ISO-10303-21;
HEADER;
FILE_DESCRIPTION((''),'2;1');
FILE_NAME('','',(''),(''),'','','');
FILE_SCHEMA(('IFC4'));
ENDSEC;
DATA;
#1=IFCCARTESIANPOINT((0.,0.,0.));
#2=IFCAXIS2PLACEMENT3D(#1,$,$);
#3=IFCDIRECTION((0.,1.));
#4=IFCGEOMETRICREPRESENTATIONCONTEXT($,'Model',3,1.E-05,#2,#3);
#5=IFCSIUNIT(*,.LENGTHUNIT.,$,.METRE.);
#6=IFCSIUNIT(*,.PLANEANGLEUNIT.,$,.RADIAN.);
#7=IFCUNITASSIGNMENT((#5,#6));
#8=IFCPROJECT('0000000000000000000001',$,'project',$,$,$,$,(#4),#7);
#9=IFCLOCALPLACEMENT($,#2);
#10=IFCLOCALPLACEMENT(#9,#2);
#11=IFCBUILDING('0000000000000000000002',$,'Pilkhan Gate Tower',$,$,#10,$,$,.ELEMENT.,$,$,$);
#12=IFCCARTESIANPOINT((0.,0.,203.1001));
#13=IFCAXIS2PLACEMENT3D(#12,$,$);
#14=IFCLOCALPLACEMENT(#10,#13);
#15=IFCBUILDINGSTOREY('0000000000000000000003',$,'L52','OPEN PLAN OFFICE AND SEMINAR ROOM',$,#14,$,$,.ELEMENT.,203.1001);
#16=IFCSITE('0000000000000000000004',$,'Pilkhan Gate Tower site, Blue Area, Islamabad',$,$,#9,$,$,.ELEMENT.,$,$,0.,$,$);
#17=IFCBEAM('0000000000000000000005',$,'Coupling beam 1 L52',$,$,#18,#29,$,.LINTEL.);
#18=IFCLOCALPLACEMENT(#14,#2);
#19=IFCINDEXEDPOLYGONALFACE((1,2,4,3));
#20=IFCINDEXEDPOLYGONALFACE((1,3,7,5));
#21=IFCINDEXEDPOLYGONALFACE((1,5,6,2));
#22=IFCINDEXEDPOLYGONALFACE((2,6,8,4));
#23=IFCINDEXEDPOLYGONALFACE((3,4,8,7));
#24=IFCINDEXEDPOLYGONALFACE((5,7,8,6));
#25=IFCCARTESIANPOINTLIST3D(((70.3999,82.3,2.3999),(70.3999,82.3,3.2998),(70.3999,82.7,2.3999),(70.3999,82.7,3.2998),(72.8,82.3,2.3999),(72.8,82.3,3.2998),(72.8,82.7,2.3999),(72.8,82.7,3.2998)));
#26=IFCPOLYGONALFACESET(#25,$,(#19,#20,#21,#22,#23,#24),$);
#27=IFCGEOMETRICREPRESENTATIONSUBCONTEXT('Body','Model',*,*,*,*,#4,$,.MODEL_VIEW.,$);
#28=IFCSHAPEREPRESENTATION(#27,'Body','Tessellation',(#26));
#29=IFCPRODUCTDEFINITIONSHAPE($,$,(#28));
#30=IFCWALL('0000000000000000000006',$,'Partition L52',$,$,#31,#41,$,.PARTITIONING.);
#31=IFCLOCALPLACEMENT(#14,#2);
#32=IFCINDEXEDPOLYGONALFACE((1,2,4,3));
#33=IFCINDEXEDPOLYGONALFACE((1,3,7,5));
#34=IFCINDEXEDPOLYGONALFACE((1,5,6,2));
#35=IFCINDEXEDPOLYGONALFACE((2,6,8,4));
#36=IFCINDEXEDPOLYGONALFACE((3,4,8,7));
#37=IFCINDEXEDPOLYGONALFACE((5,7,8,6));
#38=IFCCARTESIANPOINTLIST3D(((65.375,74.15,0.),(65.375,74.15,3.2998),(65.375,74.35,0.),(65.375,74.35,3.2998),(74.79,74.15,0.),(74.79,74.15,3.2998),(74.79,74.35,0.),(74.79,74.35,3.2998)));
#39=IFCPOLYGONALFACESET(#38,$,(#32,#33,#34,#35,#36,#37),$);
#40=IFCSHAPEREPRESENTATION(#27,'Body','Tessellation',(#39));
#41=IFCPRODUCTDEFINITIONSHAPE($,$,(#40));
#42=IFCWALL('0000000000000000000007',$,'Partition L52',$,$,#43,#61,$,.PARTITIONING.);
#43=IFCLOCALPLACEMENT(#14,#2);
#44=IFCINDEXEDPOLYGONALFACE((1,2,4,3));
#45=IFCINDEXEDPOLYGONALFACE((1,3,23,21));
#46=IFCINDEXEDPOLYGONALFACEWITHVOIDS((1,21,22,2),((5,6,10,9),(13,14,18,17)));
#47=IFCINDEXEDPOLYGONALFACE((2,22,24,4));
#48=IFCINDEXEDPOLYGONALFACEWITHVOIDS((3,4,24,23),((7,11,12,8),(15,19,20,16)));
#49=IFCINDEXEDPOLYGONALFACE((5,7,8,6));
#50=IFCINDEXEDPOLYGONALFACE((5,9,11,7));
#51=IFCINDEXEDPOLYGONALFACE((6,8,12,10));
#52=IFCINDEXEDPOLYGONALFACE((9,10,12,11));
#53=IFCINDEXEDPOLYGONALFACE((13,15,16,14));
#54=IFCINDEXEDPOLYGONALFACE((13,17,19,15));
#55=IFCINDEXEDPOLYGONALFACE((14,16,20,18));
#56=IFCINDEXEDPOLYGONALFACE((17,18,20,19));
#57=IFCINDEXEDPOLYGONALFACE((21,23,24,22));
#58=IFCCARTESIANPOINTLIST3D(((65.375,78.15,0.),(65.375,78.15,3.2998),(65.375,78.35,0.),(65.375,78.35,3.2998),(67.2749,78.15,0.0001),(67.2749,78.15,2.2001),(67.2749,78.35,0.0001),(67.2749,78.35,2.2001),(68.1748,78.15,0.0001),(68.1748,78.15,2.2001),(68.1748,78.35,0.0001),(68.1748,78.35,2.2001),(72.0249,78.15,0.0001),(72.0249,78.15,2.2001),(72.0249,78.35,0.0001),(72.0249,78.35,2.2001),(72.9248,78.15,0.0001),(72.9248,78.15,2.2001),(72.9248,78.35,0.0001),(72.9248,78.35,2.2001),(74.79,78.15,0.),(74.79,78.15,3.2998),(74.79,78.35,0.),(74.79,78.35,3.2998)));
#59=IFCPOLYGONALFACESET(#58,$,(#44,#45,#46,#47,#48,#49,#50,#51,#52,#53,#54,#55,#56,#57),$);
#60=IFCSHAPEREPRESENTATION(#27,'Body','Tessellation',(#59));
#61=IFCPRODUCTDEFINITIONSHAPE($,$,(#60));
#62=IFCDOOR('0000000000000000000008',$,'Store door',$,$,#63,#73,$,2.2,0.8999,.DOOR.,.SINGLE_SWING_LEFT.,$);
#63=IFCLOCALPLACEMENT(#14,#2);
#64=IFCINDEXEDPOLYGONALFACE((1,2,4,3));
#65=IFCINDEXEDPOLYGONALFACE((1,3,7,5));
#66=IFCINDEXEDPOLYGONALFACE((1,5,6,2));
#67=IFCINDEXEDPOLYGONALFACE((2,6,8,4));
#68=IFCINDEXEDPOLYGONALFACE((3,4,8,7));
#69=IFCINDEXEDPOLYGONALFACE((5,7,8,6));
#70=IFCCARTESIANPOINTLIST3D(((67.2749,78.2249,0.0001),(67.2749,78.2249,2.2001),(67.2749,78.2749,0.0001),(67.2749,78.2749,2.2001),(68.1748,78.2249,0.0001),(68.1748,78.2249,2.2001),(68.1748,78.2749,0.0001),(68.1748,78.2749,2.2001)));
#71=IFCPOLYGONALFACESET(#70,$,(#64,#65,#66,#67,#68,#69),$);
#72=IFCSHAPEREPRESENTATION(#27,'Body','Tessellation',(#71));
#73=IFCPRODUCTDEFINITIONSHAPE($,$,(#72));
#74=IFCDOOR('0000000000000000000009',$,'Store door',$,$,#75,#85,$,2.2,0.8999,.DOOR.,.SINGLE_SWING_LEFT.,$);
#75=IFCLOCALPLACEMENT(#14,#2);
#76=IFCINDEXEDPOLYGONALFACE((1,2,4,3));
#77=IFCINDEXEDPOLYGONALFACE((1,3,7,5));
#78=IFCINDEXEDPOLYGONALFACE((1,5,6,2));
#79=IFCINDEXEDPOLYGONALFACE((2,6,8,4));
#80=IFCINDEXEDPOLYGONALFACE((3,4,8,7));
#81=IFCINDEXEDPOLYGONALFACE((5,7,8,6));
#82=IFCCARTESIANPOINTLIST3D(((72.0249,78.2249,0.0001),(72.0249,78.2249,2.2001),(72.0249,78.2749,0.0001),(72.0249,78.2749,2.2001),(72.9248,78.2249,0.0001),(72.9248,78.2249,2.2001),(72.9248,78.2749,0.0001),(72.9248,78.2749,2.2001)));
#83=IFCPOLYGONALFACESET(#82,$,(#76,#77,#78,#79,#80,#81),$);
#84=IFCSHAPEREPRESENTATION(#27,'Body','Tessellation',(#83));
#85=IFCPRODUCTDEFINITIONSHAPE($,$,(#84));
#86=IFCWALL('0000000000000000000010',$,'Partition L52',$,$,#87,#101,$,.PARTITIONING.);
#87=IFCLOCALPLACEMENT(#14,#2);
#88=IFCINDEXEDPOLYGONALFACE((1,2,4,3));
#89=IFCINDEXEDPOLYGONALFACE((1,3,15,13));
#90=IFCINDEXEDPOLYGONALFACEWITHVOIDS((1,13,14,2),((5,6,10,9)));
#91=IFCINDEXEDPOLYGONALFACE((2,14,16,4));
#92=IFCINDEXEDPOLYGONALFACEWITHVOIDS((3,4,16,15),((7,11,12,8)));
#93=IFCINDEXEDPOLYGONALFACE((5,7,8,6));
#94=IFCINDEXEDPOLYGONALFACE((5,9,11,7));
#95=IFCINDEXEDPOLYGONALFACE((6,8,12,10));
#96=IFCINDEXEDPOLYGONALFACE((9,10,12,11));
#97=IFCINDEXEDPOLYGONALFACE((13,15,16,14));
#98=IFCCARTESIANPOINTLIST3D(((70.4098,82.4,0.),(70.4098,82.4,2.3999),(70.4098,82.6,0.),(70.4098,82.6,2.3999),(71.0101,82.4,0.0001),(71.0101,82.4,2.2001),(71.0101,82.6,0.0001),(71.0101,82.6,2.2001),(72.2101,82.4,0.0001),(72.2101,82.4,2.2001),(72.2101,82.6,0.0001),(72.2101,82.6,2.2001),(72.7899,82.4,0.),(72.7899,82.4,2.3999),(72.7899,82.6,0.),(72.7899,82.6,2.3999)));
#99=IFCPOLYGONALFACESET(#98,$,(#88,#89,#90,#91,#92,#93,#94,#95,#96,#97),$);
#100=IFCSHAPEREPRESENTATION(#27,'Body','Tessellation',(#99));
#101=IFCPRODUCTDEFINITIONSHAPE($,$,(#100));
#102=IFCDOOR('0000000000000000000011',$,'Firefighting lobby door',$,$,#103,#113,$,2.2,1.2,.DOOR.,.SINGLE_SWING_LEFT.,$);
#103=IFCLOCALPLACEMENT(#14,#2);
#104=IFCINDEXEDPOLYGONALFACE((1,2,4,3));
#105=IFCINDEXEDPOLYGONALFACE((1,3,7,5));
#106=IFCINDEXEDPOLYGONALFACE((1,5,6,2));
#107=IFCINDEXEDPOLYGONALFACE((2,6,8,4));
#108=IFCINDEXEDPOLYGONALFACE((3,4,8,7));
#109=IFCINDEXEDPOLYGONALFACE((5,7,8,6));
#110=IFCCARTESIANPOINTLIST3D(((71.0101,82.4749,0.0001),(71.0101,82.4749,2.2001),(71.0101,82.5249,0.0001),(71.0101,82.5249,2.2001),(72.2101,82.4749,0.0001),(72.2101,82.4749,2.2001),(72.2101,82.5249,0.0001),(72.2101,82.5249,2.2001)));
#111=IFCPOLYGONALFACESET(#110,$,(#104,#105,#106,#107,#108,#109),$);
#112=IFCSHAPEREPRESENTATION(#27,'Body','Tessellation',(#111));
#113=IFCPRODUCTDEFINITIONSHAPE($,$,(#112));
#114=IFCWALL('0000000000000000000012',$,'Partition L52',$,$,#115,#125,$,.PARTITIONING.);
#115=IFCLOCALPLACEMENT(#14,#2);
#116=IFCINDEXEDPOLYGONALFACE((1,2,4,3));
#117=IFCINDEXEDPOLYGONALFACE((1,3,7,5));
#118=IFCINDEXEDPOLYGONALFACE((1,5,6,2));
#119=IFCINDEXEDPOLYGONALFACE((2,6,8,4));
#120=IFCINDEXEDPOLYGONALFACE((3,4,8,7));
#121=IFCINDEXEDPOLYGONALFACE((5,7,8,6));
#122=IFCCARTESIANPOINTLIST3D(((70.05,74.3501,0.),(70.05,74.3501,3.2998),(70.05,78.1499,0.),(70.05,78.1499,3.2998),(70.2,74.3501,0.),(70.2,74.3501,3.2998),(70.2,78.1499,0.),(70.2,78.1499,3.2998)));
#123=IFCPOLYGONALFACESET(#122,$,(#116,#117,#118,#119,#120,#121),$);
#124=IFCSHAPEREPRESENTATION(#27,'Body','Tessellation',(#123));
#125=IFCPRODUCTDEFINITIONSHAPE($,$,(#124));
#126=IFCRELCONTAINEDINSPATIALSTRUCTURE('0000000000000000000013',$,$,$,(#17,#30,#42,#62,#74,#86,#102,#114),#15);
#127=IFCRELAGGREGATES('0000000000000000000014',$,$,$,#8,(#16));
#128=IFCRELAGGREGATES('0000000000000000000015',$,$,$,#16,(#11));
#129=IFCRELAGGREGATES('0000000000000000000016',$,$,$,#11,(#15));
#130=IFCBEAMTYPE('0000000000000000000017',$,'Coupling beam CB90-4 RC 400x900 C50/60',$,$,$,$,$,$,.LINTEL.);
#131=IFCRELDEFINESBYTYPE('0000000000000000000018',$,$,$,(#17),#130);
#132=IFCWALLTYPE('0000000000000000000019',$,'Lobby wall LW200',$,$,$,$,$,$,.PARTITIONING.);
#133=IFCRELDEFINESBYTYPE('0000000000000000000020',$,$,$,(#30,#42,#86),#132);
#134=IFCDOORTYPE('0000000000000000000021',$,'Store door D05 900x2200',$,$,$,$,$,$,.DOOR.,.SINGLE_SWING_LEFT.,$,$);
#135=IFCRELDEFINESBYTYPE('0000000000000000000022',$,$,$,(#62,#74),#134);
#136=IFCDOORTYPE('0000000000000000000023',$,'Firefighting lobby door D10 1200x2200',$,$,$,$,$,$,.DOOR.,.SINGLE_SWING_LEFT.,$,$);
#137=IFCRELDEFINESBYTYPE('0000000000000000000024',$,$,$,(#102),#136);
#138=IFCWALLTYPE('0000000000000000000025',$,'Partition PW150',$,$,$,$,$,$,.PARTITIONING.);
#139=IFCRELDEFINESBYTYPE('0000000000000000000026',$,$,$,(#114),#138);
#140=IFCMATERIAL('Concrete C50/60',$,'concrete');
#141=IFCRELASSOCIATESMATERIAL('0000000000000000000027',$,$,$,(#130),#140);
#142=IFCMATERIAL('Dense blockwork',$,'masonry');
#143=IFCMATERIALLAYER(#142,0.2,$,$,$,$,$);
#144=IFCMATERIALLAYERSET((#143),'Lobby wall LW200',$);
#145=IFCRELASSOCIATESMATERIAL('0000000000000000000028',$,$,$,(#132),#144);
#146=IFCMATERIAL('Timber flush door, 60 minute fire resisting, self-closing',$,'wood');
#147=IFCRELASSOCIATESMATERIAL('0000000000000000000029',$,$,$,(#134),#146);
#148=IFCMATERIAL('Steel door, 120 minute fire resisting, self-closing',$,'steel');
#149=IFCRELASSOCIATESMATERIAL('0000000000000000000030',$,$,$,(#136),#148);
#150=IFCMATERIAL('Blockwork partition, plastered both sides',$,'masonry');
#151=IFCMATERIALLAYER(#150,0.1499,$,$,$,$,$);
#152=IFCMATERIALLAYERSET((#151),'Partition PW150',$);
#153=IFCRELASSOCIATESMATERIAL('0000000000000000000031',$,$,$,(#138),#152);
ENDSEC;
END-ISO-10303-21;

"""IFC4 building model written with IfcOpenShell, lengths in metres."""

from ifc_helpers import new_model, si_unit, direction, frame, frame_2d, origin, origin_2d, place, context, subcontext, project, spatial, rectangle, extrude, material, layer, layer_set, material_profile, profile_set, type_object, element, fill, save


model = new_model("IFC4")

# Units and contexts
model_context = context("Model", 3, precision=1e-05, world=origin(), true_north=direction((0.0, 1.0)))
body_context = subcontext(model_context, "Body", "Model", "MODEL_VIEW")
ifc_project = project(units=[si_unit("LENGTHUNIT", "METRE"), si_unit("PLANEANGLEUNIT", "RADIAN")], contexts=[model_context])

# Site, building, storey
site_placement = place(None, origin())
site = spatial("IfcSite", under=ifc_project, at=site_placement, Name="Pilkhan Gate Tower site, Blue Area, Islamabad", CompositionType="ELEMENT", RefElevation=0.0)
building_placement = place(site_placement, origin())
building = spatial("IfcBuilding", under=site, at=building_placement, Name="Pilkhan Gate Tower", CompositionType="ELEMENT")
storey_placement = place(building_placement, frame((0.0, 0.0, 203.1001)))
storey = spatial("IfcBuildingStorey", under=building, at=storey_placement, Name="L52", Description="OPEN PLAN OFFICE AND SEMINAR ROOM", CompositionType="ELEMENT", Elevation=203.1001)

# Beam
ifc_material_1 = material(Name="Concrete C50/60", Category="concrete")
ifc_material_profile = material_profile(ifc_material_1, rectangle(XDim=0.3999, YDim=0.8999, at=origin_2d()), Name="RC 400x900")
ifc_profile_set = profile_set([ifc_material_profile], Name="Concrete C50/60")
beam_type = type_object("IfcBeamType", Name="Coupling beam CB90-4 RC 400x900 C50/60", PredefinedType="LINTEL", material=ifc_profile_set)
beam_placement = place(storey_placement, frame((70.3999, 82.5, 2.8499), z_axis=(1.0, 0.0, 0.0), x_axis=(0.0, 1.0, 0.0)))
element("IfcBeam", 1, at=beam_placement, inside=storey, type_object=beam_type, Name="Coupling beam 1 L52", PredefinedType="LINTEL", context=body_context, shape_type="SweptSolid", body=[
    extrude(rectangle(XDim=0.3999, YDim=0.8999, at=origin_2d()), origin(), (0.0, 0.0, 1.0), 2.4001),
])

# Wall
ifc_material_2 = material(Name="Dense blockwork", Category="masonry")
ifc_layer_1 = layer(ifc_material_2, 0.2)
ifc_layer_set_1 = layer_set([ifc_layer_1], Name="Lobby wall LW200")
wall_type_1 = type_object("IfcWallType", Name="Lobby wall LW200", PredefinedType="PARTITIONING", material=ifc_layer_set_1)
wall_1_placement = place(storey_placement, frame((65.375, 74.25, 0.0), z_axis=(0.0, 0.0, 1.0), x_axis=(1.0, 0.0, 0.0)))
element("IfcWall", 2, at=wall_1_placement, inside=storey, type_object=wall_type_1, Name="Partition L52", PredefinedType="PARTITIONING", context=body_context, shape_type="SweptSolid", body=[
    extrude(rectangle(XDim=9.415, YDim=0.2, at=frame_2d((4.7075, 0.0))), origin(), (0.0, 0.0, 1.0), 3.2998),
])

# Wall, openings, doors
wall_2_placement = place(storey_placement, frame((65.375, 78.25, 0.0), z_axis=(0.0, 0.0, 1.0), x_axis=(1.0, 0.0, 0.0)))
wall_2 = element("IfcWall", 3, at=wall_2_placement, inside=storey, type_object=wall_type_1, Name="Partition L52", PredefinedType="PARTITIONING", context=body_context, shape_type="SweptSolid", body=[
    extrude(rectangle(XDim=9.415, YDim=0.2, at=frame_2d((4.7075, 0.0))), origin(), (0.0, 0.0, 1.0), 3.2998),
])
opening_1_placement = place(wall_2_placement, frame((1.8999, 0.0, 0.0)))
opening_1 = element("IfcOpeningElement", 4, at=opening_1_placement, cuts=wall_2, PredefinedType="OPENING", context=body_context, shape_type="SweptSolid", body=[
    extrude(rectangle(XDim=0.8999, YDim=2.2, at=frame_2d((0.45, 1.1001))), frame((0.0, 0.1099, 0.0), z_axis=(0.0, -1.0, 0.0), x_axis=(1.0, 0.0, 0.0)), (0.0, 0.0, 1.0), 0.22),
])
opening_2_placement = place(wall_2_placement, frame((6.6499, 0.0, 0.0)))
opening_2 = element("IfcOpeningElement", 5, at=opening_2_placement, cuts=wall_2, PredefinedType="OPENING", context=body_context, shape_type="SweptSolid", body=[
    extrude(rectangle(XDim=0.8999, YDim=2.2, at=frame_2d((0.45, 1.1001))), frame((0.0, 0.1099, 0.0), z_axis=(0.0, -1.0, 0.0), x_axis=(1.0, 0.0, 0.0)), (0.0, 0.0, 1.0), 0.22),
])
ifc_material_3 = material(Name="Timber flush door, 60 minute fire resisting, self-closing", Category="wood")
door_type_1 = type_object("IfcDoorType", Name="Store door D05 900x2200", OperationType="SINGLE_SWING_LEFT", PredefinedType="DOOR", material=ifc_material_3)
door_1_placement = place(opening_1_placement, origin())
door_1 = element("IfcDoor", 6, at=door_1_placement, inside=storey, type_object=door_type_1, Name="Store door", OperationType="SINGLE_SWING_LEFT", OverallHeight=2.2, OverallWidth=0.8999, PredefinedType="DOOR", context=body_context, shape_type="SweptSolid", body=[
    extrude(rectangle(XDim=0.8999, YDim=2.2, at=frame_2d((0.45, 1.1001))), frame((0.0, 0.0249, 0.0), z_axis=(0.0, -1.0, 0.0), x_axis=(1.0, 0.0, 0.0)), (0.0, 0.0, 1.0), 0.05),
])
fill(opening_1, door_1)
door_2_placement = place(opening_2_placement, origin())
door_2 = element("IfcDoor", 7, at=door_2_placement, inside=storey, type_object=door_type_1, Name="Store door", OperationType="SINGLE_SWING_LEFT", OverallHeight=2.2, OverallWidth=0.8999, PredefinedType="DOOR", context=body_context, shape_type="SweptSolid", body=[
    extrude(rectangle(XDim=0.8999, YDim=2.2, at=frame_2d((0.45, 1.1001))), frame((0.0, 0.0249, 0.0), z_axis=(0.0, -1.0, 0.0), x_axis=(1.0, 0.0, 0.0)), (0.0, 0.0, 1.0), 0.05),
])
fill(opening_2, door_2)

# Wall, opening, door
wall_3_placement = place(storey_placement, frame((70.4099, 82.5, 0.0), z_axis=(0.0, 0.0, 1.0), x_axis=(1.0, 0.0, 0.0)))
wall_3 = element("IfcWall", 8, at=wall_3_placement, inside=storey, type_object=wall_type_1, Name="Partition L52", PredefinedType="PARTITIONING", context=body_context, shape_type="SweptSolid", body=[
    extrude(rectangle(XDim=2.3801, YDim=0.2, at=frame_2d((1.1899, 0.0))), origin(), (0.0, 0.0, 1.0), 2.3999),
])
opening_3_placement = place(wall_3_placement, frame((0.6001, 0.0, 0.0)))
opening_3 = element("IfcOpeningElement", 9, at=opening_3_placement, cuts=wall_3, PredefinedType="OPENING", context=body_context, shape_type="SweptSolid", body=[
    extrude(rectangle(XDim=1.2, YDim=2.2, at=frame_2d((0.6001, 1.1001))), frame((0.0, 0.1099, 0.0), z_axis=(0.0, -1.0, 0.0), x_axis=(1.0, 0.0, 0.0)), (0.0, 0.0, 1.0), 0.22),
])
ifc_material_4 = material(Name="Steel door, 120 minute fire resisting, self-closing", Category="steel")
door_type_2 = type_object("IfcDoorType", Name="Firefighting lobby door D10 1200x2200", OperationType="SINGLE_SWING_LEFT", PredefinedType="DOOR", material=ifc_material_4)
door_3_placement = place(opening_3_placement, origin())
door_3 = element("IfcDoor", 10, at=door_3_placement, inside=storey, type_object=door_type_2, Name="Firefighting lobby door", OperationType="SINGLE_SWING_LEFT", OverallHeight=2.2, OverallWidth=1.2, PredefinedType="DOOR", context=body_context, shape_type="SweptSolid", body=[
    extrude(rectangle(XDim=1.2, YDim=2.2, at=frame_2d((0.6001, 1.1001))), frame((0.0, 0.0249, 0.0), z_axis=(0.0, -1.0, 0.0), x_axis=(1.0, 0.0, 0.0)), (0.0, 0.0, 1.0), 0.05),
])
fill(opening_3, door_3)

# Wall
ifc_material_5 = material(Name="Blockwork partition, plastered both sides", Category="masonry")
ifc_layer_2 = layer(ifc_material_5, 0.1499)
ifc_layer_set_2 = layer_set([ifc_layer_2], Name="Partition PW150")
wall_type_2 = type_object("IfcWallType", Name="Partition PW150", PredefinedType="PARTITIONING", material=ifc_layer_set_2)
wall_4_placement = place(storey_placement, frame((70.125, 74.3501, 0.0), z_axis=(0.0, 0.0, 1.0), x_axis=(0.0, 1.0, 0.0)))
element("IfcWall", 11, at=wall_4_placement, inside=storey, type_object=wall_type_2, Name="Partition L52", PredefinedType="PARTITIONING", context=body_context, shape_type="SweptSolid", body=[
    extrude(rectangle(XDim=3.7998, YDim=0.1499, at=frame_2d((1.8999, 0.0))), origin(), (0.0, 0.0, 1.0), 3.2998),
])

save(model, "model.ifc")
